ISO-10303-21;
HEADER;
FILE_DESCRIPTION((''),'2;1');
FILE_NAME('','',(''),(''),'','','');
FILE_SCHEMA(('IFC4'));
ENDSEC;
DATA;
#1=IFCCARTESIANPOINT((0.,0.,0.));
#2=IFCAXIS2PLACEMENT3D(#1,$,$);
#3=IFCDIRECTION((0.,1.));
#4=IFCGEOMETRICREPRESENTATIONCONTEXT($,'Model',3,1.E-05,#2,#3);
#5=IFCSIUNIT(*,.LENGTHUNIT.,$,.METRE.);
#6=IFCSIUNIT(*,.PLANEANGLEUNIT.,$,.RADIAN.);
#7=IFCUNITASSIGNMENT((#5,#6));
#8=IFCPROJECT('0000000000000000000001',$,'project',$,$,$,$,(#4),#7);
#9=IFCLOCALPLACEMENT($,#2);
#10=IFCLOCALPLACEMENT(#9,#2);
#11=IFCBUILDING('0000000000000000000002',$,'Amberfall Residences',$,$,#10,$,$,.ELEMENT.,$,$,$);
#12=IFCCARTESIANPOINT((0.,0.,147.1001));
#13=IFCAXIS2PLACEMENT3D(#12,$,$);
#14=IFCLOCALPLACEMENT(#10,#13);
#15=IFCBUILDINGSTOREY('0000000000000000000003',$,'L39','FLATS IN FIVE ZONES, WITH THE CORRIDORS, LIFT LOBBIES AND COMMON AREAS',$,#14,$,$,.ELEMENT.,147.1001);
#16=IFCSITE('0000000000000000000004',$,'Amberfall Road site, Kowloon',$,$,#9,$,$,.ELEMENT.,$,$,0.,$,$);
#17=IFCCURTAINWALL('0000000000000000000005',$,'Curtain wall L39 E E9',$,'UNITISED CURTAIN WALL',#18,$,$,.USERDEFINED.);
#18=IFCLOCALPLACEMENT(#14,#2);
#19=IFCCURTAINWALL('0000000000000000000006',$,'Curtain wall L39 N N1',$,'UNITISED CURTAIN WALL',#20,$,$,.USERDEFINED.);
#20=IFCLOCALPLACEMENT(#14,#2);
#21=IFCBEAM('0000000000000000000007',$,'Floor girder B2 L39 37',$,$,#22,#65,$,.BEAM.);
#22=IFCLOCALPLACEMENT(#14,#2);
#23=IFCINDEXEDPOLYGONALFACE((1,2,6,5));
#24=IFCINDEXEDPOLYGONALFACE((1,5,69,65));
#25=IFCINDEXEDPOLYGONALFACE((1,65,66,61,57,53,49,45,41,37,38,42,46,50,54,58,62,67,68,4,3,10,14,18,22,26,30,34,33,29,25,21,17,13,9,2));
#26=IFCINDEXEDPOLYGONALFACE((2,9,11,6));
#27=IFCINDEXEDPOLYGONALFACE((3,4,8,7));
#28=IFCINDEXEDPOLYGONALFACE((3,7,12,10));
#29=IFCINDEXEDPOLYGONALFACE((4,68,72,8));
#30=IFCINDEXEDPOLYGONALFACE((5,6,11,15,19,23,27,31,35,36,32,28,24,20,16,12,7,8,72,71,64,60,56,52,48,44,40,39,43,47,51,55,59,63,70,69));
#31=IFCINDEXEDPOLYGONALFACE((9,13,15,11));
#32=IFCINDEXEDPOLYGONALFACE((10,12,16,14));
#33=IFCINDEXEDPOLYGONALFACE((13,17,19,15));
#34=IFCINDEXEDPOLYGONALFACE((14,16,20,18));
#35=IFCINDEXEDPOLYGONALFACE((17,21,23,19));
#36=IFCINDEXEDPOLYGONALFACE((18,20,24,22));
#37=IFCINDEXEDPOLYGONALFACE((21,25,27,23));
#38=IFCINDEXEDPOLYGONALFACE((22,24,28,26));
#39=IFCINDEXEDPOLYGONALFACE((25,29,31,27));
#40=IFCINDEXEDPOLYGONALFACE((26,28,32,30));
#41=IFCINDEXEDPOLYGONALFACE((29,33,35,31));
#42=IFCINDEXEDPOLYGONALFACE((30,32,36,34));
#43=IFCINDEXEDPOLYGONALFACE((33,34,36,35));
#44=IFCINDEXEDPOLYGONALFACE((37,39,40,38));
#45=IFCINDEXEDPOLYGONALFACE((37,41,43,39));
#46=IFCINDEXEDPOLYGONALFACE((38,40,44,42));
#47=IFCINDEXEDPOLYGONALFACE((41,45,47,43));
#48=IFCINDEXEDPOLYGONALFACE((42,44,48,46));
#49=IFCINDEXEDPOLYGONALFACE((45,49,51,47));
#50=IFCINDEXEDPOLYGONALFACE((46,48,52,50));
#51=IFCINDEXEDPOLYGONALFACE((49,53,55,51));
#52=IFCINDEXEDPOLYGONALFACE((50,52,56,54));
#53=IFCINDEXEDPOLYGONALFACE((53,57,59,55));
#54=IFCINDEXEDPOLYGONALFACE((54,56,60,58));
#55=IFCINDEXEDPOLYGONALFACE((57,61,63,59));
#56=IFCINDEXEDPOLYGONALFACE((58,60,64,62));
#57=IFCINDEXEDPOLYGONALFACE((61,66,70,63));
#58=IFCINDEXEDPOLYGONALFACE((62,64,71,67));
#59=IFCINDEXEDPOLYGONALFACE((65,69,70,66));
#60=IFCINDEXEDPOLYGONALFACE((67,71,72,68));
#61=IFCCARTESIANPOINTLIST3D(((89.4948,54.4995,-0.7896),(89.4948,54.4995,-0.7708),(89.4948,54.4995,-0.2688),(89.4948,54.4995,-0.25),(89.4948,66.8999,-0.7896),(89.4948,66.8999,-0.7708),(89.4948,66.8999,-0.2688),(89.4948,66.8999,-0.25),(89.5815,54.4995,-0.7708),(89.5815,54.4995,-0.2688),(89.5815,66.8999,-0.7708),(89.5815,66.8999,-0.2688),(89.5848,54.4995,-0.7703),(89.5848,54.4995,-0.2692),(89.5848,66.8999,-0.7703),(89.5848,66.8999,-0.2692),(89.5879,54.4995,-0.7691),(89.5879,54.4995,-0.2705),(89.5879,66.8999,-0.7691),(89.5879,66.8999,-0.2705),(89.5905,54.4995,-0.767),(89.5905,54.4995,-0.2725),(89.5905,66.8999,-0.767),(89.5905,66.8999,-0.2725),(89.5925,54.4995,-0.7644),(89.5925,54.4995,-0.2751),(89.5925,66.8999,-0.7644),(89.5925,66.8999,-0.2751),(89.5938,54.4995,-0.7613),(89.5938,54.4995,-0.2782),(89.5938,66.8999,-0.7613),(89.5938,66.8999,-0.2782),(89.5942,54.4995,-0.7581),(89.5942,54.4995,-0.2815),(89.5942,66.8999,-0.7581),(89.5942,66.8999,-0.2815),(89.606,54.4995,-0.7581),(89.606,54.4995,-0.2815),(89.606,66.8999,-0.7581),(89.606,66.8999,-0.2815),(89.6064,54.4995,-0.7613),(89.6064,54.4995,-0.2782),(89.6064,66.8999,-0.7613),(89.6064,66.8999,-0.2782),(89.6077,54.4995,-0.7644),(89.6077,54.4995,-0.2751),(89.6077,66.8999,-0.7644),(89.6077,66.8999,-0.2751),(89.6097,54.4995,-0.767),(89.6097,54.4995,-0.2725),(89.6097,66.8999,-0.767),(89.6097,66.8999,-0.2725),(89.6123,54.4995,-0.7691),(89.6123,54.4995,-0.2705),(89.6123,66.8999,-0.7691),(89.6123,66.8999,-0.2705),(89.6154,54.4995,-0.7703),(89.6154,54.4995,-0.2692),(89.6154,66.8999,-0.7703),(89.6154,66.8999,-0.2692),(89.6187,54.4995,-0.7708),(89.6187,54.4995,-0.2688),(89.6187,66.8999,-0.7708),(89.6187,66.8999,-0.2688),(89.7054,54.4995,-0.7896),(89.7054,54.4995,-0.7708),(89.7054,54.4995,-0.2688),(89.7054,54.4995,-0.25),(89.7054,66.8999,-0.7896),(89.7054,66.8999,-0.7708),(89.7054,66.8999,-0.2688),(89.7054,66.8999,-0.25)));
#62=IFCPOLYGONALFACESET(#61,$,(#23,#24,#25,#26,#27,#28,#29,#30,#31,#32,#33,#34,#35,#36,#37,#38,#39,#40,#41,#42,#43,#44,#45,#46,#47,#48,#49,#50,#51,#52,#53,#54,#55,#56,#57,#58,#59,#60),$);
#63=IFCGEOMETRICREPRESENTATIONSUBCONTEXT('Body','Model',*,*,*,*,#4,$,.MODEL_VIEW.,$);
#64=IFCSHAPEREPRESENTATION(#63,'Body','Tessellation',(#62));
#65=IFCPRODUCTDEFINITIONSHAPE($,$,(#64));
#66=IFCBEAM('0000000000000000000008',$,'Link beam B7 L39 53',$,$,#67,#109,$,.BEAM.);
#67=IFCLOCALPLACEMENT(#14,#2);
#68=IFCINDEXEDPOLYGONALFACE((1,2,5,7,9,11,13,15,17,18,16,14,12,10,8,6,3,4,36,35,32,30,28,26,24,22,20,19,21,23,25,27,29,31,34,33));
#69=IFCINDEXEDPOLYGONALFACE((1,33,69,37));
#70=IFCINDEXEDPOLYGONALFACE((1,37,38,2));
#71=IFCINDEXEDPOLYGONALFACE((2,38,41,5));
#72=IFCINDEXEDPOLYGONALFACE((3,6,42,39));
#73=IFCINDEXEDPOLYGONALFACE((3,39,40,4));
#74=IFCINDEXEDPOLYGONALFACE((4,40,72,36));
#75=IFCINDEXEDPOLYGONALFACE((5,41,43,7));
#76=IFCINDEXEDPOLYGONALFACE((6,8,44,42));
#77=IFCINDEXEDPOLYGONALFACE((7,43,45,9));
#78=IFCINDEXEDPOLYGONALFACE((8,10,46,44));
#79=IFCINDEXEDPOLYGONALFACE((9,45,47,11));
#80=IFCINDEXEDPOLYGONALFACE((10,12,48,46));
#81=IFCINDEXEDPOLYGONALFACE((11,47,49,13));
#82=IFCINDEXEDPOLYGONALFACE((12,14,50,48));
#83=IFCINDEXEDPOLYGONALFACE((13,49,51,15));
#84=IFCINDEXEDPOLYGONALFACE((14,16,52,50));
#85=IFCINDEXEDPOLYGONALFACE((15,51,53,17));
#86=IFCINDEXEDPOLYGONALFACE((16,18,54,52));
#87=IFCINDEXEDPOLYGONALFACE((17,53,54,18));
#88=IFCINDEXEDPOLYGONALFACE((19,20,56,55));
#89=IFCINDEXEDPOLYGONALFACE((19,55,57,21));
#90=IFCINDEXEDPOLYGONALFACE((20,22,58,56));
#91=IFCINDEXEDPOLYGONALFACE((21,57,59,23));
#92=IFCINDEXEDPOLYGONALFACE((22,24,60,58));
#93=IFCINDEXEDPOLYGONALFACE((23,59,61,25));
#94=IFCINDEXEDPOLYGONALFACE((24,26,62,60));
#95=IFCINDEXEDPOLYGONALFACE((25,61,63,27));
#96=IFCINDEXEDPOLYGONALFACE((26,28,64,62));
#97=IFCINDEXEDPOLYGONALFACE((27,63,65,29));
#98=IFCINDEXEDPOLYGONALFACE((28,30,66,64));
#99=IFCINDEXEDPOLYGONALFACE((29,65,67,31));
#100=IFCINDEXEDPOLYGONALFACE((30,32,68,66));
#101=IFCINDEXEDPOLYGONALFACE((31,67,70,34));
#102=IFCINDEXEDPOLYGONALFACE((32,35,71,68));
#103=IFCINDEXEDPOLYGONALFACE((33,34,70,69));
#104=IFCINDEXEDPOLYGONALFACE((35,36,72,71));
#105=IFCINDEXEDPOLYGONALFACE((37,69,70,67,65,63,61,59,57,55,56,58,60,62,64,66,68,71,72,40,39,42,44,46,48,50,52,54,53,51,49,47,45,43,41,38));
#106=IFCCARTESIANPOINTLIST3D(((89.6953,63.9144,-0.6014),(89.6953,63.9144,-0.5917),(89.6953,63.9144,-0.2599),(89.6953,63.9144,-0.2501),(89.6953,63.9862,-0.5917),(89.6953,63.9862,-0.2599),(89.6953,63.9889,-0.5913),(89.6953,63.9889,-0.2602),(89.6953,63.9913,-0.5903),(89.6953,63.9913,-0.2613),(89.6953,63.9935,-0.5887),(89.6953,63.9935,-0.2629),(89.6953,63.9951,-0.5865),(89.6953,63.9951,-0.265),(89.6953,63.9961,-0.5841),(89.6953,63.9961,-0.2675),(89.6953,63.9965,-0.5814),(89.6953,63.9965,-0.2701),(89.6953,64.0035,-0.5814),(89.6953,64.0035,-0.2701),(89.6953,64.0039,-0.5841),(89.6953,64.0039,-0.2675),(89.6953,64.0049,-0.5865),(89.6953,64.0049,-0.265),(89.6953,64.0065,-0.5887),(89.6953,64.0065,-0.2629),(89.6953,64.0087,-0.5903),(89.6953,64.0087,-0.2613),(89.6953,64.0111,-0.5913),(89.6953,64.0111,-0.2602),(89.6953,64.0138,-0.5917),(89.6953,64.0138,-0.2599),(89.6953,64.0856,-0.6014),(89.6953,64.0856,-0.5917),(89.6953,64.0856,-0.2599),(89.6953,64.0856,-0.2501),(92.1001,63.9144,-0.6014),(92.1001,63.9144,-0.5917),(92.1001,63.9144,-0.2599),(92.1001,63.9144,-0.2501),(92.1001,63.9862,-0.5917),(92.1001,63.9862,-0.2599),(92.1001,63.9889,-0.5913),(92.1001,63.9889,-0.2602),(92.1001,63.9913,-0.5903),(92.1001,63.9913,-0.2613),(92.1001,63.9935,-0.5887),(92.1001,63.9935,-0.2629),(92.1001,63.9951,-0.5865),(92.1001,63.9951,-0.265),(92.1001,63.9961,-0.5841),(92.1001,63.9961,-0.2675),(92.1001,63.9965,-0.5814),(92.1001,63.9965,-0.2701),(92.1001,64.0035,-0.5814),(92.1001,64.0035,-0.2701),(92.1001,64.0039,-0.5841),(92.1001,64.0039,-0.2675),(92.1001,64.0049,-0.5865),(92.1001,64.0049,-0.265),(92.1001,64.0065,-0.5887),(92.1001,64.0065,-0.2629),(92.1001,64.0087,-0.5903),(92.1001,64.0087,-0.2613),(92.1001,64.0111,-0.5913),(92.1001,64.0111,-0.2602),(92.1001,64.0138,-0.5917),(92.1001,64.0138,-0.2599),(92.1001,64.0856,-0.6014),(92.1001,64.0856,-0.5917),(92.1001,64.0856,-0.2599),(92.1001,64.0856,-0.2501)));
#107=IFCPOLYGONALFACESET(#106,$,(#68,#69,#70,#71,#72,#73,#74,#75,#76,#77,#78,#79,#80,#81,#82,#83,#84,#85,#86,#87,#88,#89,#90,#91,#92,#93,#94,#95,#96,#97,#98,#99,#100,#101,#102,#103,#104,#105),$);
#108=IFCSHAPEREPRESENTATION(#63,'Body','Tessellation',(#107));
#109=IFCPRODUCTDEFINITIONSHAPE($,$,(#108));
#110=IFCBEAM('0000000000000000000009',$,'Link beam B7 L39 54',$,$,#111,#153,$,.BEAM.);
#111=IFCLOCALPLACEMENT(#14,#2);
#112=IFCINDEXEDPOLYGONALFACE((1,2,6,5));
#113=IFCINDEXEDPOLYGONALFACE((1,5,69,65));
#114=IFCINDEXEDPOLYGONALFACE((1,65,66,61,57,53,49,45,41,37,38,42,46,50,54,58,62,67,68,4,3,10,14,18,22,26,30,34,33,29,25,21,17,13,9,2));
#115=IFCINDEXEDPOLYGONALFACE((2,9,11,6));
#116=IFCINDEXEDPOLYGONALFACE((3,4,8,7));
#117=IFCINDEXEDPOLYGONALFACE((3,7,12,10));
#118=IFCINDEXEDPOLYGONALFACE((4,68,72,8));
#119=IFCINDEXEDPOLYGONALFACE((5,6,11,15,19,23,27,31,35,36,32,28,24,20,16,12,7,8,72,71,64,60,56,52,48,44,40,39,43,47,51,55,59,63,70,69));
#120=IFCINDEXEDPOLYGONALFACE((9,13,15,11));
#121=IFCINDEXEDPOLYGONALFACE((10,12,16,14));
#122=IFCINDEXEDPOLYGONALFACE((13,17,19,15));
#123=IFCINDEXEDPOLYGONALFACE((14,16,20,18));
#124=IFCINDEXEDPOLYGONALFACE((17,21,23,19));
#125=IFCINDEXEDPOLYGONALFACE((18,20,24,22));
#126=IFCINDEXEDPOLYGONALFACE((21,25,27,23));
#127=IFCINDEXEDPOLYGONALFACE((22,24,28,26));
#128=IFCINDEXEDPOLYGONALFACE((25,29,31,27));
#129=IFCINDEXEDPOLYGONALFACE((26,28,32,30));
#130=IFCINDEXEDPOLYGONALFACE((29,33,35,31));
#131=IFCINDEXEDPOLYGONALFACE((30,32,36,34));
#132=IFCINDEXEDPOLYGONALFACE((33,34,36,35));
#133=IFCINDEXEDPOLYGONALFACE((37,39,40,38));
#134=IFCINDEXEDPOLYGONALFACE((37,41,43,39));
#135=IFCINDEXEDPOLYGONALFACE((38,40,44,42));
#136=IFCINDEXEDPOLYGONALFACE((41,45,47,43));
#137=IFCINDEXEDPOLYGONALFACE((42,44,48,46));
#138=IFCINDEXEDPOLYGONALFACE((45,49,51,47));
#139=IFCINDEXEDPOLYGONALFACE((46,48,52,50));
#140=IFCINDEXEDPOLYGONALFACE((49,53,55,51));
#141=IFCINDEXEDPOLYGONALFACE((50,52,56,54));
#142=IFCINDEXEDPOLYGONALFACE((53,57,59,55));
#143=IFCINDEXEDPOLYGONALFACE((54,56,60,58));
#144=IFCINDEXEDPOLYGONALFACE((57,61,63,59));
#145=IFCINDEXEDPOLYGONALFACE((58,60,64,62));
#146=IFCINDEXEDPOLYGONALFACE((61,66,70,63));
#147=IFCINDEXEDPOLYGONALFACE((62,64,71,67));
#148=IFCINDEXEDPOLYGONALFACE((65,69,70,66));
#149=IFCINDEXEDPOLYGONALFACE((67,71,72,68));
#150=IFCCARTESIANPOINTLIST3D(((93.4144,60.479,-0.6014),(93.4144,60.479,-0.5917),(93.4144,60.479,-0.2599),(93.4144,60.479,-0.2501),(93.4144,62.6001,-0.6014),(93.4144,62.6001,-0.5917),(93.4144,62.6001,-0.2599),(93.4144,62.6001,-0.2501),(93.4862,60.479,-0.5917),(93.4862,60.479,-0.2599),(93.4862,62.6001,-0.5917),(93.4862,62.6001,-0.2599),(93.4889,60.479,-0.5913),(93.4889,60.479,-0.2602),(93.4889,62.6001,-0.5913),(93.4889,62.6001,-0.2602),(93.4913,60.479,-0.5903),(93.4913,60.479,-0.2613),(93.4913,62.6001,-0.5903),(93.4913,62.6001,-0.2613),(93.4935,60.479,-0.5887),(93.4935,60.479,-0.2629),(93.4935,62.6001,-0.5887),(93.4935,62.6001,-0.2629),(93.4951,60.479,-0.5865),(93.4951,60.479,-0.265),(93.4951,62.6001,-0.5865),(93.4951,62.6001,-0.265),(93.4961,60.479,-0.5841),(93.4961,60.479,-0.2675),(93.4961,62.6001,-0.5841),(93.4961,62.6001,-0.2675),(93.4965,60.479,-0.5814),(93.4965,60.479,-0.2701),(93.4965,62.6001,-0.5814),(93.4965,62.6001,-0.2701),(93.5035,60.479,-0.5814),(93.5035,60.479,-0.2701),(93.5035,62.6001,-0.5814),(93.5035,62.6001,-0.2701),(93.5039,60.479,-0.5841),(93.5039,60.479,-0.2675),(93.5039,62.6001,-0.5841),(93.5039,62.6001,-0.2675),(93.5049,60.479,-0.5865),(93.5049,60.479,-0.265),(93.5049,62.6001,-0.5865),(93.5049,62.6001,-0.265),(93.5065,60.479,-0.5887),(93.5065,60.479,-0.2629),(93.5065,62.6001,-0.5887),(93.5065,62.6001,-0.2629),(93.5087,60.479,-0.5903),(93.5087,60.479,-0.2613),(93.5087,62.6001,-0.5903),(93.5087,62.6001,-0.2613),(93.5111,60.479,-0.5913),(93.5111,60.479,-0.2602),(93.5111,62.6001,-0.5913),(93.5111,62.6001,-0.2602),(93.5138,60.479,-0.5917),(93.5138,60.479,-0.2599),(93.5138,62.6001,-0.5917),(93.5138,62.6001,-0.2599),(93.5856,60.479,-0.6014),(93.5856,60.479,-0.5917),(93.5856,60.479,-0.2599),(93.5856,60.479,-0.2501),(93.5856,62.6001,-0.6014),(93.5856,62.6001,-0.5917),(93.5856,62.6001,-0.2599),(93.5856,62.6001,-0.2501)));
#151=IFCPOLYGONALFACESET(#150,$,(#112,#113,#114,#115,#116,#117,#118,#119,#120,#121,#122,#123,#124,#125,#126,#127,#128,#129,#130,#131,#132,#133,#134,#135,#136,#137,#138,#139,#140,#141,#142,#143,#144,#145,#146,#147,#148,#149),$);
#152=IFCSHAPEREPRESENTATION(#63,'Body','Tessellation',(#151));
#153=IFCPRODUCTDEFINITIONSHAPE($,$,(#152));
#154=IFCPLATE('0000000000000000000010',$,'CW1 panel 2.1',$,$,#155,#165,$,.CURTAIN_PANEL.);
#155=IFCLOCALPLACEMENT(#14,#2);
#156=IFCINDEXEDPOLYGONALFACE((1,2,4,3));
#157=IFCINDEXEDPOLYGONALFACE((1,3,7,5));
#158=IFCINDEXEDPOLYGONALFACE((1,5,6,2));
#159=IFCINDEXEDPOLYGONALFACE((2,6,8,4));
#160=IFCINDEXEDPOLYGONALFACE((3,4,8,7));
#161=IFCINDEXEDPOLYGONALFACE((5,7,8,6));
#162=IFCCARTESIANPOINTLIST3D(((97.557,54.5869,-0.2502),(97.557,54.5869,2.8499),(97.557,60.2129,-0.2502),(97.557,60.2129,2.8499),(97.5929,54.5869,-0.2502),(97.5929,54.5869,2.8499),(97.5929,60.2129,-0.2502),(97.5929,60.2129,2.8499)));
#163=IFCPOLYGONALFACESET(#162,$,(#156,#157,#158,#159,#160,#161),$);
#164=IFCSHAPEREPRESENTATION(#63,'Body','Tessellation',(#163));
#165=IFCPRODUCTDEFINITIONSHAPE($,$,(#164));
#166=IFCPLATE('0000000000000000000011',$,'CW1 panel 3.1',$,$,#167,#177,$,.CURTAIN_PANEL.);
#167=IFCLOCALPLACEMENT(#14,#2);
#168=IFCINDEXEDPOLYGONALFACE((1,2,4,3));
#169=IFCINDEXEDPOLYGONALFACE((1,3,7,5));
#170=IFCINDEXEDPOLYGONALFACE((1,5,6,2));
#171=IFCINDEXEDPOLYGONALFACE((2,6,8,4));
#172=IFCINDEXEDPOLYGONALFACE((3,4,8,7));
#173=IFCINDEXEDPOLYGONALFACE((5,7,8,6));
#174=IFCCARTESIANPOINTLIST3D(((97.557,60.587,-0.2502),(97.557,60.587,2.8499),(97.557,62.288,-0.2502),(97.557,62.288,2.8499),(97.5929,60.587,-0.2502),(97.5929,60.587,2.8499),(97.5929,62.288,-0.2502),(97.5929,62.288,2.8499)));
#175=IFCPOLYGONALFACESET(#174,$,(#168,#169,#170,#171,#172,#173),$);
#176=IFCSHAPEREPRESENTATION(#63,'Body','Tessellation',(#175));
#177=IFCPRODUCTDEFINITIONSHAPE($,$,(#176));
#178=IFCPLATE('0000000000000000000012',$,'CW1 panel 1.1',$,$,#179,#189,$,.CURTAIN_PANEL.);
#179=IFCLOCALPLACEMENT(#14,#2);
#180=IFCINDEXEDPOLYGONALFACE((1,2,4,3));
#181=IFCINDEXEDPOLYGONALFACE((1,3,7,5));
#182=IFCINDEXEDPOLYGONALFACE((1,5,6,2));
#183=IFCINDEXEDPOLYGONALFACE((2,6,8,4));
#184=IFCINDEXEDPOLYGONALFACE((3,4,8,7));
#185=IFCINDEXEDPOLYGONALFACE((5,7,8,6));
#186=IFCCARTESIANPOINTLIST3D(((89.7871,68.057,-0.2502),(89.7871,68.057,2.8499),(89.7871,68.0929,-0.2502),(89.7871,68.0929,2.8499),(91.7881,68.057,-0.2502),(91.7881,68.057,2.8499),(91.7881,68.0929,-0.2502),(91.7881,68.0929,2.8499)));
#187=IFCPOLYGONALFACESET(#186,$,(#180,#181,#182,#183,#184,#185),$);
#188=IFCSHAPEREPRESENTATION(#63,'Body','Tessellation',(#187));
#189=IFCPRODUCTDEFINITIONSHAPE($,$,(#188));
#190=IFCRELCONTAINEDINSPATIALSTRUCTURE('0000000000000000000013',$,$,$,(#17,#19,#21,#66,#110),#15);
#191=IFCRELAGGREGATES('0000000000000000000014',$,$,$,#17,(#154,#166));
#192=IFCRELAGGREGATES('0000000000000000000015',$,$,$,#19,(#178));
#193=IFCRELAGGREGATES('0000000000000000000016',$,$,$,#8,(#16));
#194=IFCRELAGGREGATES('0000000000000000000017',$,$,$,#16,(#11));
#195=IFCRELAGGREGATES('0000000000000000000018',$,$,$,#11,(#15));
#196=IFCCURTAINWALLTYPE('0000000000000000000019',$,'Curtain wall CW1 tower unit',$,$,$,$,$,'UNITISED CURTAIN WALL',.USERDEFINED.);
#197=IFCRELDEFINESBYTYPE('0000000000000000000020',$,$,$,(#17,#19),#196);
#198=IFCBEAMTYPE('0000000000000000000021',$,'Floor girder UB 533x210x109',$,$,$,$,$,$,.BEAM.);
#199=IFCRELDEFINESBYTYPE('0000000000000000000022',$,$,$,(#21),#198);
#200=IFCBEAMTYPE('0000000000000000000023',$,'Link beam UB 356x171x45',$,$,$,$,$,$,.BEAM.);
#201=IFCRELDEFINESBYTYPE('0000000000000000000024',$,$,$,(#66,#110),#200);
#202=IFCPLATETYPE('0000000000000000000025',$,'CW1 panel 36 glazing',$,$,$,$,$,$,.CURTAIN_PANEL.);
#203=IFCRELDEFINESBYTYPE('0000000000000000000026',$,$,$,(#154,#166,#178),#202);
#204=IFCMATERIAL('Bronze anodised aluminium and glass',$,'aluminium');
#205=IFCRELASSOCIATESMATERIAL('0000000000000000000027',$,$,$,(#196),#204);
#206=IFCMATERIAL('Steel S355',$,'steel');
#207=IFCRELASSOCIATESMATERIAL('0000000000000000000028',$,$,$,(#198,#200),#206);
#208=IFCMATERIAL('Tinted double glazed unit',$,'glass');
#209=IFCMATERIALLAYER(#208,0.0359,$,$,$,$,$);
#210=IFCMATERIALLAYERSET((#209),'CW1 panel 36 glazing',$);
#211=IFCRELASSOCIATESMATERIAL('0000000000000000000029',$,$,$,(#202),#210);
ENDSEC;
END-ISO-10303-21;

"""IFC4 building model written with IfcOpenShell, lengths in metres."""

from ifc_helpers import new_model, si_unit, direction, frame, origin, origin_2d, place, context, subcontext, project, spatial, rectangle, i_section, extrude, material, layer, layer_set, material_profile, profile_set, type_object, element, aggregate, save


model = new_model("IFC4")

# Units and contexts
model_context = context("Model", 3, precision=1e-05, world=origin(), true_north=direction((0.0, 1.0)))
body_context = subcontext(model_context, "Body", "Model", "MODEL_VIEW")
ifc_project = project(units=[si_unit("LENGTHUNIT", "METRE"), si_unit("PLANEANGLEUNIT", "RADIAN")], contexts=[model_context])

# Site, building, storey
site_placement = place(None, origin())
site = spatial("IfcSite", under=ifc_project, at=site_placement, Name="Amberfall Road site, Kowloon", CompositionType="ELEMENT", RefElevation=0.0)
building_placement = place(site_placement, origin())
building = spatial("IfcBuilding", under=site, at=building_placement, Name="Amberfall Residences", CompositionType="ELEMENT")
storey_placement = place(building_placement, frame((0.0, 0.0, 147.1001)))
storey = spatial("IfcBuildingStorey", under=building, at=storey_placement, Name="L39", Description="FLATS IN FIVE ZONES, WITH THE CORRIDORS, LIFT LOBBIES AND COMMON AREAS", CompositionType="ELEMENT", Elevation=147.1001)

# Curtain walls
ifc_material_1 = material(Name="Bronze anodised aluminium and glass", Category="aluminium")
curtain_wall_type = type_object("IfcCurtainWallType", Name="Curtain wall CW1 tower unit", ElementType="UNITISED CURTAIN WALL", PredefinedType="USERDEFINED", material=ifc_material_1)
curtain_wall_1_placement = place(storey_placement, origin())
curtain_wall_1 = element("IfcCurtainWall", 1, at=curtain_wall_1_placement, inside=storey, type_object=curtain_wall_type, Name="Curtain wall L39 E E9", ObjectType="UNITISED CURTAIN WALL", PredefinedType="USERDEFINED")
curtain_wall_2_placement = place(storey_placement, origin())
curtain_wall_2 = element("IfcCurtainWall", 2, at=curtain_wall_2_placement, inside=storey, type_object=curtain_wall_type, Name="Curtain wall L39 N N1", ObjectType="UNITISED CURTAIN WALL", PredefinedType="USERDEFINED")

# Beams
ifc_material_2 = material(Name="Steel S355", Category="steel")
ifc_material_profile_1 = material_profile(ifc_material_2, i_section(OverallWidth=0.2107, OverallDepth=0.5396, WebThickness=0.0117, FlangeThickness=0.0188, FilletRadius=0.0127, at=origin_2d()), Name="UB 533x210x109")
ifc_profile_set_1 = profile_set([ifc_material_profile_1], Name="Steel S355")
beam_type_1 = type_object("IfcBeamType", Name="Floor girder UB 533x210x109", PredefinedType="BEAM", material=ifc_profile_set_1)
beam_1_placement = place(storey_placement, frame((89.6001, 66.8999, -0.5198), z_axis=(0.0, -1.0, 0.0), x_axis=(1.0, 0.0, 0.0)))
element("IfcBeam", 3, at=beam_1_placement, inside=storey, type_object=beam_type_1, Name="Floor girder B2 L39 37", PredefinedType="BEAM", context=body_context, shape_type="SweptSolid", body=[
    extrude(i_section(OverallWidth=0.2107, OverallDepth=0.5396, WebThickness=0.0117, FlangeThickness=0.0188, FilletRadius=0.0127, at=origin_2d()), origin(), (0.0, 0.0, 1.0), 12.4004),
])
ifc_material_profile_2 = material_profile(ifc_material_2, i_section(OverallWidth=0.1711, OverallDepth=0.3513, WebThickness=0.0071, FlangeThickness=0.0098, FilletRadius=0.0103, at=origin_2d()), Name="UB 356x171x45")
ifc_profile_set_2 = profile_set([ifc_material_profile_2], Name="Steel S355")
beam_type_2 = type_object("IfcBeamType", Name="Link beam UB 356x171x45", PredefinedType="BEAM", material=ifc_profile_set_2)
beam_2_placement = place(storey_placement, frame((92.1001, 64.0, -0.4258), z_axis=(-1.0, 0.0, 0.0), x_axis=(0.0, -1.0, 0.0)))
element("IfcBeam", 4, at=beam_2_placement, inside=storey, type_object=beam_type_2, Name="Link beam B7 L39 53", PredefinedType="BEAM", context=body_context, shape_type="SweptSolid", body=[
    extrude(i_section(OverallWidth=0.1711, OverallDepth=0.3513, WebThickness=0.0071, FlangeThickness=0.0098, FilletRadius=0.0103, at=origin_2d()), origin(), (0.0, 0.0, 1.0), 2.4048),
])
beam_3_placement = place(storey_placement, frame((93.5, 62.6001, -0.4258), z_axis=(0.0, -1.0, 0.0), x_axis=(1.0, 0.0, 0.0)))
element("IfcBeam", 5, at=beam_3_placement, inside=storey, type_object=beam_type_2, Name="Link beam B7 L39 54", PredefinedType="BEAM", context=body_context, shape_type="SweptSolid", body=[
    extrude(i_section(OverallWidth=0.1711, OverallDepth=0.3513, WebThickness=0.0071, FlangeThickness=0.0098, FilletRadius=0.0103, at=origin_2d()), origin(), (0.0, 0.0, 1.0), 2.1211),
])

# Plates
ifc_material_3 = material(Name="Tinted double glazed unit", Category="glass")
ifc_layer_1 = layer(ifc_material_3, 0.0359)
ifc_layer_set_1 = layer_set([ifc_layer_1], Name="CW1 panel 36 glazing")
plate_type = type_object("IfcPlateType", Name="CW1 panel 36 glazing", PredefinedType="CURTAIN_PANEL", material=ifc_layer_set_1)
plate_1_placement = place(storey_placement, frame((97.575, 57.3999, -0.2502), z_axis=(0.0, 0.0, 1.0), x_axis=(0.0, 1.0, 0.0)))
plate_1 = element("IfcPlate", 6, at=plate_1_placement, type_object=plate_type, Name="CW1 panel 2.1", PredefinedType="CURTAIN_PANEL", context=body_context, shape_type="SweptSolid", body=[
    extrude(rectangle(XDim=5.626, YDim=0.0359, at=origin_2d()), origin(), (0.0, 0.0, 1.0), 3.1001),
])
plate_2_placement = place(storey_placement, frame((97.575, 61.4375, -0.2502), z_axis=(0.0, 0.0, 1.0), x_axis=(0.0, 1.0, 0.0)))
plate_2 = element("IfcPlate", 7, at=plate_2_placement, type_object=plate_type, Name="CW1 panel 3.1", PredefinedType="CURTAIN_PANEL", context=body_context, shape_type="SweptSolid", body=[
    extrude(rectangle(XDim=1.7009, YDim=0.0359, at=origin_2d()), origin(), (0.0, 0.0, 1.0), 3.1001),
])
aggregate(curtain_wall_1, [plate_1, plate_2])
plate_3_placement = place(storey_placement, frame((90.7876, 68.075, -0.2502), z_axis=(0.0, 0.0, 1.0), x_axis=(-1.0, 0.0, 0.0)))
plate_3 = element("IfcPlate", 8, at=plate_3_placement, type_object=plate_type, Name="CW1 panel 1.1", PredefinedType="CURTAIN_PANEL", context=body_context, shape_type="SweptSolid", body=[
    extrude(rectangle(XDim=2.001, YDim=0.0359, at=origin_2d()), origin(), (0.0, 0.0, 1.0), 3.1001),
])
aggregate(curtain_wall_2, [plate_3])

save(model, "model.ifc")
